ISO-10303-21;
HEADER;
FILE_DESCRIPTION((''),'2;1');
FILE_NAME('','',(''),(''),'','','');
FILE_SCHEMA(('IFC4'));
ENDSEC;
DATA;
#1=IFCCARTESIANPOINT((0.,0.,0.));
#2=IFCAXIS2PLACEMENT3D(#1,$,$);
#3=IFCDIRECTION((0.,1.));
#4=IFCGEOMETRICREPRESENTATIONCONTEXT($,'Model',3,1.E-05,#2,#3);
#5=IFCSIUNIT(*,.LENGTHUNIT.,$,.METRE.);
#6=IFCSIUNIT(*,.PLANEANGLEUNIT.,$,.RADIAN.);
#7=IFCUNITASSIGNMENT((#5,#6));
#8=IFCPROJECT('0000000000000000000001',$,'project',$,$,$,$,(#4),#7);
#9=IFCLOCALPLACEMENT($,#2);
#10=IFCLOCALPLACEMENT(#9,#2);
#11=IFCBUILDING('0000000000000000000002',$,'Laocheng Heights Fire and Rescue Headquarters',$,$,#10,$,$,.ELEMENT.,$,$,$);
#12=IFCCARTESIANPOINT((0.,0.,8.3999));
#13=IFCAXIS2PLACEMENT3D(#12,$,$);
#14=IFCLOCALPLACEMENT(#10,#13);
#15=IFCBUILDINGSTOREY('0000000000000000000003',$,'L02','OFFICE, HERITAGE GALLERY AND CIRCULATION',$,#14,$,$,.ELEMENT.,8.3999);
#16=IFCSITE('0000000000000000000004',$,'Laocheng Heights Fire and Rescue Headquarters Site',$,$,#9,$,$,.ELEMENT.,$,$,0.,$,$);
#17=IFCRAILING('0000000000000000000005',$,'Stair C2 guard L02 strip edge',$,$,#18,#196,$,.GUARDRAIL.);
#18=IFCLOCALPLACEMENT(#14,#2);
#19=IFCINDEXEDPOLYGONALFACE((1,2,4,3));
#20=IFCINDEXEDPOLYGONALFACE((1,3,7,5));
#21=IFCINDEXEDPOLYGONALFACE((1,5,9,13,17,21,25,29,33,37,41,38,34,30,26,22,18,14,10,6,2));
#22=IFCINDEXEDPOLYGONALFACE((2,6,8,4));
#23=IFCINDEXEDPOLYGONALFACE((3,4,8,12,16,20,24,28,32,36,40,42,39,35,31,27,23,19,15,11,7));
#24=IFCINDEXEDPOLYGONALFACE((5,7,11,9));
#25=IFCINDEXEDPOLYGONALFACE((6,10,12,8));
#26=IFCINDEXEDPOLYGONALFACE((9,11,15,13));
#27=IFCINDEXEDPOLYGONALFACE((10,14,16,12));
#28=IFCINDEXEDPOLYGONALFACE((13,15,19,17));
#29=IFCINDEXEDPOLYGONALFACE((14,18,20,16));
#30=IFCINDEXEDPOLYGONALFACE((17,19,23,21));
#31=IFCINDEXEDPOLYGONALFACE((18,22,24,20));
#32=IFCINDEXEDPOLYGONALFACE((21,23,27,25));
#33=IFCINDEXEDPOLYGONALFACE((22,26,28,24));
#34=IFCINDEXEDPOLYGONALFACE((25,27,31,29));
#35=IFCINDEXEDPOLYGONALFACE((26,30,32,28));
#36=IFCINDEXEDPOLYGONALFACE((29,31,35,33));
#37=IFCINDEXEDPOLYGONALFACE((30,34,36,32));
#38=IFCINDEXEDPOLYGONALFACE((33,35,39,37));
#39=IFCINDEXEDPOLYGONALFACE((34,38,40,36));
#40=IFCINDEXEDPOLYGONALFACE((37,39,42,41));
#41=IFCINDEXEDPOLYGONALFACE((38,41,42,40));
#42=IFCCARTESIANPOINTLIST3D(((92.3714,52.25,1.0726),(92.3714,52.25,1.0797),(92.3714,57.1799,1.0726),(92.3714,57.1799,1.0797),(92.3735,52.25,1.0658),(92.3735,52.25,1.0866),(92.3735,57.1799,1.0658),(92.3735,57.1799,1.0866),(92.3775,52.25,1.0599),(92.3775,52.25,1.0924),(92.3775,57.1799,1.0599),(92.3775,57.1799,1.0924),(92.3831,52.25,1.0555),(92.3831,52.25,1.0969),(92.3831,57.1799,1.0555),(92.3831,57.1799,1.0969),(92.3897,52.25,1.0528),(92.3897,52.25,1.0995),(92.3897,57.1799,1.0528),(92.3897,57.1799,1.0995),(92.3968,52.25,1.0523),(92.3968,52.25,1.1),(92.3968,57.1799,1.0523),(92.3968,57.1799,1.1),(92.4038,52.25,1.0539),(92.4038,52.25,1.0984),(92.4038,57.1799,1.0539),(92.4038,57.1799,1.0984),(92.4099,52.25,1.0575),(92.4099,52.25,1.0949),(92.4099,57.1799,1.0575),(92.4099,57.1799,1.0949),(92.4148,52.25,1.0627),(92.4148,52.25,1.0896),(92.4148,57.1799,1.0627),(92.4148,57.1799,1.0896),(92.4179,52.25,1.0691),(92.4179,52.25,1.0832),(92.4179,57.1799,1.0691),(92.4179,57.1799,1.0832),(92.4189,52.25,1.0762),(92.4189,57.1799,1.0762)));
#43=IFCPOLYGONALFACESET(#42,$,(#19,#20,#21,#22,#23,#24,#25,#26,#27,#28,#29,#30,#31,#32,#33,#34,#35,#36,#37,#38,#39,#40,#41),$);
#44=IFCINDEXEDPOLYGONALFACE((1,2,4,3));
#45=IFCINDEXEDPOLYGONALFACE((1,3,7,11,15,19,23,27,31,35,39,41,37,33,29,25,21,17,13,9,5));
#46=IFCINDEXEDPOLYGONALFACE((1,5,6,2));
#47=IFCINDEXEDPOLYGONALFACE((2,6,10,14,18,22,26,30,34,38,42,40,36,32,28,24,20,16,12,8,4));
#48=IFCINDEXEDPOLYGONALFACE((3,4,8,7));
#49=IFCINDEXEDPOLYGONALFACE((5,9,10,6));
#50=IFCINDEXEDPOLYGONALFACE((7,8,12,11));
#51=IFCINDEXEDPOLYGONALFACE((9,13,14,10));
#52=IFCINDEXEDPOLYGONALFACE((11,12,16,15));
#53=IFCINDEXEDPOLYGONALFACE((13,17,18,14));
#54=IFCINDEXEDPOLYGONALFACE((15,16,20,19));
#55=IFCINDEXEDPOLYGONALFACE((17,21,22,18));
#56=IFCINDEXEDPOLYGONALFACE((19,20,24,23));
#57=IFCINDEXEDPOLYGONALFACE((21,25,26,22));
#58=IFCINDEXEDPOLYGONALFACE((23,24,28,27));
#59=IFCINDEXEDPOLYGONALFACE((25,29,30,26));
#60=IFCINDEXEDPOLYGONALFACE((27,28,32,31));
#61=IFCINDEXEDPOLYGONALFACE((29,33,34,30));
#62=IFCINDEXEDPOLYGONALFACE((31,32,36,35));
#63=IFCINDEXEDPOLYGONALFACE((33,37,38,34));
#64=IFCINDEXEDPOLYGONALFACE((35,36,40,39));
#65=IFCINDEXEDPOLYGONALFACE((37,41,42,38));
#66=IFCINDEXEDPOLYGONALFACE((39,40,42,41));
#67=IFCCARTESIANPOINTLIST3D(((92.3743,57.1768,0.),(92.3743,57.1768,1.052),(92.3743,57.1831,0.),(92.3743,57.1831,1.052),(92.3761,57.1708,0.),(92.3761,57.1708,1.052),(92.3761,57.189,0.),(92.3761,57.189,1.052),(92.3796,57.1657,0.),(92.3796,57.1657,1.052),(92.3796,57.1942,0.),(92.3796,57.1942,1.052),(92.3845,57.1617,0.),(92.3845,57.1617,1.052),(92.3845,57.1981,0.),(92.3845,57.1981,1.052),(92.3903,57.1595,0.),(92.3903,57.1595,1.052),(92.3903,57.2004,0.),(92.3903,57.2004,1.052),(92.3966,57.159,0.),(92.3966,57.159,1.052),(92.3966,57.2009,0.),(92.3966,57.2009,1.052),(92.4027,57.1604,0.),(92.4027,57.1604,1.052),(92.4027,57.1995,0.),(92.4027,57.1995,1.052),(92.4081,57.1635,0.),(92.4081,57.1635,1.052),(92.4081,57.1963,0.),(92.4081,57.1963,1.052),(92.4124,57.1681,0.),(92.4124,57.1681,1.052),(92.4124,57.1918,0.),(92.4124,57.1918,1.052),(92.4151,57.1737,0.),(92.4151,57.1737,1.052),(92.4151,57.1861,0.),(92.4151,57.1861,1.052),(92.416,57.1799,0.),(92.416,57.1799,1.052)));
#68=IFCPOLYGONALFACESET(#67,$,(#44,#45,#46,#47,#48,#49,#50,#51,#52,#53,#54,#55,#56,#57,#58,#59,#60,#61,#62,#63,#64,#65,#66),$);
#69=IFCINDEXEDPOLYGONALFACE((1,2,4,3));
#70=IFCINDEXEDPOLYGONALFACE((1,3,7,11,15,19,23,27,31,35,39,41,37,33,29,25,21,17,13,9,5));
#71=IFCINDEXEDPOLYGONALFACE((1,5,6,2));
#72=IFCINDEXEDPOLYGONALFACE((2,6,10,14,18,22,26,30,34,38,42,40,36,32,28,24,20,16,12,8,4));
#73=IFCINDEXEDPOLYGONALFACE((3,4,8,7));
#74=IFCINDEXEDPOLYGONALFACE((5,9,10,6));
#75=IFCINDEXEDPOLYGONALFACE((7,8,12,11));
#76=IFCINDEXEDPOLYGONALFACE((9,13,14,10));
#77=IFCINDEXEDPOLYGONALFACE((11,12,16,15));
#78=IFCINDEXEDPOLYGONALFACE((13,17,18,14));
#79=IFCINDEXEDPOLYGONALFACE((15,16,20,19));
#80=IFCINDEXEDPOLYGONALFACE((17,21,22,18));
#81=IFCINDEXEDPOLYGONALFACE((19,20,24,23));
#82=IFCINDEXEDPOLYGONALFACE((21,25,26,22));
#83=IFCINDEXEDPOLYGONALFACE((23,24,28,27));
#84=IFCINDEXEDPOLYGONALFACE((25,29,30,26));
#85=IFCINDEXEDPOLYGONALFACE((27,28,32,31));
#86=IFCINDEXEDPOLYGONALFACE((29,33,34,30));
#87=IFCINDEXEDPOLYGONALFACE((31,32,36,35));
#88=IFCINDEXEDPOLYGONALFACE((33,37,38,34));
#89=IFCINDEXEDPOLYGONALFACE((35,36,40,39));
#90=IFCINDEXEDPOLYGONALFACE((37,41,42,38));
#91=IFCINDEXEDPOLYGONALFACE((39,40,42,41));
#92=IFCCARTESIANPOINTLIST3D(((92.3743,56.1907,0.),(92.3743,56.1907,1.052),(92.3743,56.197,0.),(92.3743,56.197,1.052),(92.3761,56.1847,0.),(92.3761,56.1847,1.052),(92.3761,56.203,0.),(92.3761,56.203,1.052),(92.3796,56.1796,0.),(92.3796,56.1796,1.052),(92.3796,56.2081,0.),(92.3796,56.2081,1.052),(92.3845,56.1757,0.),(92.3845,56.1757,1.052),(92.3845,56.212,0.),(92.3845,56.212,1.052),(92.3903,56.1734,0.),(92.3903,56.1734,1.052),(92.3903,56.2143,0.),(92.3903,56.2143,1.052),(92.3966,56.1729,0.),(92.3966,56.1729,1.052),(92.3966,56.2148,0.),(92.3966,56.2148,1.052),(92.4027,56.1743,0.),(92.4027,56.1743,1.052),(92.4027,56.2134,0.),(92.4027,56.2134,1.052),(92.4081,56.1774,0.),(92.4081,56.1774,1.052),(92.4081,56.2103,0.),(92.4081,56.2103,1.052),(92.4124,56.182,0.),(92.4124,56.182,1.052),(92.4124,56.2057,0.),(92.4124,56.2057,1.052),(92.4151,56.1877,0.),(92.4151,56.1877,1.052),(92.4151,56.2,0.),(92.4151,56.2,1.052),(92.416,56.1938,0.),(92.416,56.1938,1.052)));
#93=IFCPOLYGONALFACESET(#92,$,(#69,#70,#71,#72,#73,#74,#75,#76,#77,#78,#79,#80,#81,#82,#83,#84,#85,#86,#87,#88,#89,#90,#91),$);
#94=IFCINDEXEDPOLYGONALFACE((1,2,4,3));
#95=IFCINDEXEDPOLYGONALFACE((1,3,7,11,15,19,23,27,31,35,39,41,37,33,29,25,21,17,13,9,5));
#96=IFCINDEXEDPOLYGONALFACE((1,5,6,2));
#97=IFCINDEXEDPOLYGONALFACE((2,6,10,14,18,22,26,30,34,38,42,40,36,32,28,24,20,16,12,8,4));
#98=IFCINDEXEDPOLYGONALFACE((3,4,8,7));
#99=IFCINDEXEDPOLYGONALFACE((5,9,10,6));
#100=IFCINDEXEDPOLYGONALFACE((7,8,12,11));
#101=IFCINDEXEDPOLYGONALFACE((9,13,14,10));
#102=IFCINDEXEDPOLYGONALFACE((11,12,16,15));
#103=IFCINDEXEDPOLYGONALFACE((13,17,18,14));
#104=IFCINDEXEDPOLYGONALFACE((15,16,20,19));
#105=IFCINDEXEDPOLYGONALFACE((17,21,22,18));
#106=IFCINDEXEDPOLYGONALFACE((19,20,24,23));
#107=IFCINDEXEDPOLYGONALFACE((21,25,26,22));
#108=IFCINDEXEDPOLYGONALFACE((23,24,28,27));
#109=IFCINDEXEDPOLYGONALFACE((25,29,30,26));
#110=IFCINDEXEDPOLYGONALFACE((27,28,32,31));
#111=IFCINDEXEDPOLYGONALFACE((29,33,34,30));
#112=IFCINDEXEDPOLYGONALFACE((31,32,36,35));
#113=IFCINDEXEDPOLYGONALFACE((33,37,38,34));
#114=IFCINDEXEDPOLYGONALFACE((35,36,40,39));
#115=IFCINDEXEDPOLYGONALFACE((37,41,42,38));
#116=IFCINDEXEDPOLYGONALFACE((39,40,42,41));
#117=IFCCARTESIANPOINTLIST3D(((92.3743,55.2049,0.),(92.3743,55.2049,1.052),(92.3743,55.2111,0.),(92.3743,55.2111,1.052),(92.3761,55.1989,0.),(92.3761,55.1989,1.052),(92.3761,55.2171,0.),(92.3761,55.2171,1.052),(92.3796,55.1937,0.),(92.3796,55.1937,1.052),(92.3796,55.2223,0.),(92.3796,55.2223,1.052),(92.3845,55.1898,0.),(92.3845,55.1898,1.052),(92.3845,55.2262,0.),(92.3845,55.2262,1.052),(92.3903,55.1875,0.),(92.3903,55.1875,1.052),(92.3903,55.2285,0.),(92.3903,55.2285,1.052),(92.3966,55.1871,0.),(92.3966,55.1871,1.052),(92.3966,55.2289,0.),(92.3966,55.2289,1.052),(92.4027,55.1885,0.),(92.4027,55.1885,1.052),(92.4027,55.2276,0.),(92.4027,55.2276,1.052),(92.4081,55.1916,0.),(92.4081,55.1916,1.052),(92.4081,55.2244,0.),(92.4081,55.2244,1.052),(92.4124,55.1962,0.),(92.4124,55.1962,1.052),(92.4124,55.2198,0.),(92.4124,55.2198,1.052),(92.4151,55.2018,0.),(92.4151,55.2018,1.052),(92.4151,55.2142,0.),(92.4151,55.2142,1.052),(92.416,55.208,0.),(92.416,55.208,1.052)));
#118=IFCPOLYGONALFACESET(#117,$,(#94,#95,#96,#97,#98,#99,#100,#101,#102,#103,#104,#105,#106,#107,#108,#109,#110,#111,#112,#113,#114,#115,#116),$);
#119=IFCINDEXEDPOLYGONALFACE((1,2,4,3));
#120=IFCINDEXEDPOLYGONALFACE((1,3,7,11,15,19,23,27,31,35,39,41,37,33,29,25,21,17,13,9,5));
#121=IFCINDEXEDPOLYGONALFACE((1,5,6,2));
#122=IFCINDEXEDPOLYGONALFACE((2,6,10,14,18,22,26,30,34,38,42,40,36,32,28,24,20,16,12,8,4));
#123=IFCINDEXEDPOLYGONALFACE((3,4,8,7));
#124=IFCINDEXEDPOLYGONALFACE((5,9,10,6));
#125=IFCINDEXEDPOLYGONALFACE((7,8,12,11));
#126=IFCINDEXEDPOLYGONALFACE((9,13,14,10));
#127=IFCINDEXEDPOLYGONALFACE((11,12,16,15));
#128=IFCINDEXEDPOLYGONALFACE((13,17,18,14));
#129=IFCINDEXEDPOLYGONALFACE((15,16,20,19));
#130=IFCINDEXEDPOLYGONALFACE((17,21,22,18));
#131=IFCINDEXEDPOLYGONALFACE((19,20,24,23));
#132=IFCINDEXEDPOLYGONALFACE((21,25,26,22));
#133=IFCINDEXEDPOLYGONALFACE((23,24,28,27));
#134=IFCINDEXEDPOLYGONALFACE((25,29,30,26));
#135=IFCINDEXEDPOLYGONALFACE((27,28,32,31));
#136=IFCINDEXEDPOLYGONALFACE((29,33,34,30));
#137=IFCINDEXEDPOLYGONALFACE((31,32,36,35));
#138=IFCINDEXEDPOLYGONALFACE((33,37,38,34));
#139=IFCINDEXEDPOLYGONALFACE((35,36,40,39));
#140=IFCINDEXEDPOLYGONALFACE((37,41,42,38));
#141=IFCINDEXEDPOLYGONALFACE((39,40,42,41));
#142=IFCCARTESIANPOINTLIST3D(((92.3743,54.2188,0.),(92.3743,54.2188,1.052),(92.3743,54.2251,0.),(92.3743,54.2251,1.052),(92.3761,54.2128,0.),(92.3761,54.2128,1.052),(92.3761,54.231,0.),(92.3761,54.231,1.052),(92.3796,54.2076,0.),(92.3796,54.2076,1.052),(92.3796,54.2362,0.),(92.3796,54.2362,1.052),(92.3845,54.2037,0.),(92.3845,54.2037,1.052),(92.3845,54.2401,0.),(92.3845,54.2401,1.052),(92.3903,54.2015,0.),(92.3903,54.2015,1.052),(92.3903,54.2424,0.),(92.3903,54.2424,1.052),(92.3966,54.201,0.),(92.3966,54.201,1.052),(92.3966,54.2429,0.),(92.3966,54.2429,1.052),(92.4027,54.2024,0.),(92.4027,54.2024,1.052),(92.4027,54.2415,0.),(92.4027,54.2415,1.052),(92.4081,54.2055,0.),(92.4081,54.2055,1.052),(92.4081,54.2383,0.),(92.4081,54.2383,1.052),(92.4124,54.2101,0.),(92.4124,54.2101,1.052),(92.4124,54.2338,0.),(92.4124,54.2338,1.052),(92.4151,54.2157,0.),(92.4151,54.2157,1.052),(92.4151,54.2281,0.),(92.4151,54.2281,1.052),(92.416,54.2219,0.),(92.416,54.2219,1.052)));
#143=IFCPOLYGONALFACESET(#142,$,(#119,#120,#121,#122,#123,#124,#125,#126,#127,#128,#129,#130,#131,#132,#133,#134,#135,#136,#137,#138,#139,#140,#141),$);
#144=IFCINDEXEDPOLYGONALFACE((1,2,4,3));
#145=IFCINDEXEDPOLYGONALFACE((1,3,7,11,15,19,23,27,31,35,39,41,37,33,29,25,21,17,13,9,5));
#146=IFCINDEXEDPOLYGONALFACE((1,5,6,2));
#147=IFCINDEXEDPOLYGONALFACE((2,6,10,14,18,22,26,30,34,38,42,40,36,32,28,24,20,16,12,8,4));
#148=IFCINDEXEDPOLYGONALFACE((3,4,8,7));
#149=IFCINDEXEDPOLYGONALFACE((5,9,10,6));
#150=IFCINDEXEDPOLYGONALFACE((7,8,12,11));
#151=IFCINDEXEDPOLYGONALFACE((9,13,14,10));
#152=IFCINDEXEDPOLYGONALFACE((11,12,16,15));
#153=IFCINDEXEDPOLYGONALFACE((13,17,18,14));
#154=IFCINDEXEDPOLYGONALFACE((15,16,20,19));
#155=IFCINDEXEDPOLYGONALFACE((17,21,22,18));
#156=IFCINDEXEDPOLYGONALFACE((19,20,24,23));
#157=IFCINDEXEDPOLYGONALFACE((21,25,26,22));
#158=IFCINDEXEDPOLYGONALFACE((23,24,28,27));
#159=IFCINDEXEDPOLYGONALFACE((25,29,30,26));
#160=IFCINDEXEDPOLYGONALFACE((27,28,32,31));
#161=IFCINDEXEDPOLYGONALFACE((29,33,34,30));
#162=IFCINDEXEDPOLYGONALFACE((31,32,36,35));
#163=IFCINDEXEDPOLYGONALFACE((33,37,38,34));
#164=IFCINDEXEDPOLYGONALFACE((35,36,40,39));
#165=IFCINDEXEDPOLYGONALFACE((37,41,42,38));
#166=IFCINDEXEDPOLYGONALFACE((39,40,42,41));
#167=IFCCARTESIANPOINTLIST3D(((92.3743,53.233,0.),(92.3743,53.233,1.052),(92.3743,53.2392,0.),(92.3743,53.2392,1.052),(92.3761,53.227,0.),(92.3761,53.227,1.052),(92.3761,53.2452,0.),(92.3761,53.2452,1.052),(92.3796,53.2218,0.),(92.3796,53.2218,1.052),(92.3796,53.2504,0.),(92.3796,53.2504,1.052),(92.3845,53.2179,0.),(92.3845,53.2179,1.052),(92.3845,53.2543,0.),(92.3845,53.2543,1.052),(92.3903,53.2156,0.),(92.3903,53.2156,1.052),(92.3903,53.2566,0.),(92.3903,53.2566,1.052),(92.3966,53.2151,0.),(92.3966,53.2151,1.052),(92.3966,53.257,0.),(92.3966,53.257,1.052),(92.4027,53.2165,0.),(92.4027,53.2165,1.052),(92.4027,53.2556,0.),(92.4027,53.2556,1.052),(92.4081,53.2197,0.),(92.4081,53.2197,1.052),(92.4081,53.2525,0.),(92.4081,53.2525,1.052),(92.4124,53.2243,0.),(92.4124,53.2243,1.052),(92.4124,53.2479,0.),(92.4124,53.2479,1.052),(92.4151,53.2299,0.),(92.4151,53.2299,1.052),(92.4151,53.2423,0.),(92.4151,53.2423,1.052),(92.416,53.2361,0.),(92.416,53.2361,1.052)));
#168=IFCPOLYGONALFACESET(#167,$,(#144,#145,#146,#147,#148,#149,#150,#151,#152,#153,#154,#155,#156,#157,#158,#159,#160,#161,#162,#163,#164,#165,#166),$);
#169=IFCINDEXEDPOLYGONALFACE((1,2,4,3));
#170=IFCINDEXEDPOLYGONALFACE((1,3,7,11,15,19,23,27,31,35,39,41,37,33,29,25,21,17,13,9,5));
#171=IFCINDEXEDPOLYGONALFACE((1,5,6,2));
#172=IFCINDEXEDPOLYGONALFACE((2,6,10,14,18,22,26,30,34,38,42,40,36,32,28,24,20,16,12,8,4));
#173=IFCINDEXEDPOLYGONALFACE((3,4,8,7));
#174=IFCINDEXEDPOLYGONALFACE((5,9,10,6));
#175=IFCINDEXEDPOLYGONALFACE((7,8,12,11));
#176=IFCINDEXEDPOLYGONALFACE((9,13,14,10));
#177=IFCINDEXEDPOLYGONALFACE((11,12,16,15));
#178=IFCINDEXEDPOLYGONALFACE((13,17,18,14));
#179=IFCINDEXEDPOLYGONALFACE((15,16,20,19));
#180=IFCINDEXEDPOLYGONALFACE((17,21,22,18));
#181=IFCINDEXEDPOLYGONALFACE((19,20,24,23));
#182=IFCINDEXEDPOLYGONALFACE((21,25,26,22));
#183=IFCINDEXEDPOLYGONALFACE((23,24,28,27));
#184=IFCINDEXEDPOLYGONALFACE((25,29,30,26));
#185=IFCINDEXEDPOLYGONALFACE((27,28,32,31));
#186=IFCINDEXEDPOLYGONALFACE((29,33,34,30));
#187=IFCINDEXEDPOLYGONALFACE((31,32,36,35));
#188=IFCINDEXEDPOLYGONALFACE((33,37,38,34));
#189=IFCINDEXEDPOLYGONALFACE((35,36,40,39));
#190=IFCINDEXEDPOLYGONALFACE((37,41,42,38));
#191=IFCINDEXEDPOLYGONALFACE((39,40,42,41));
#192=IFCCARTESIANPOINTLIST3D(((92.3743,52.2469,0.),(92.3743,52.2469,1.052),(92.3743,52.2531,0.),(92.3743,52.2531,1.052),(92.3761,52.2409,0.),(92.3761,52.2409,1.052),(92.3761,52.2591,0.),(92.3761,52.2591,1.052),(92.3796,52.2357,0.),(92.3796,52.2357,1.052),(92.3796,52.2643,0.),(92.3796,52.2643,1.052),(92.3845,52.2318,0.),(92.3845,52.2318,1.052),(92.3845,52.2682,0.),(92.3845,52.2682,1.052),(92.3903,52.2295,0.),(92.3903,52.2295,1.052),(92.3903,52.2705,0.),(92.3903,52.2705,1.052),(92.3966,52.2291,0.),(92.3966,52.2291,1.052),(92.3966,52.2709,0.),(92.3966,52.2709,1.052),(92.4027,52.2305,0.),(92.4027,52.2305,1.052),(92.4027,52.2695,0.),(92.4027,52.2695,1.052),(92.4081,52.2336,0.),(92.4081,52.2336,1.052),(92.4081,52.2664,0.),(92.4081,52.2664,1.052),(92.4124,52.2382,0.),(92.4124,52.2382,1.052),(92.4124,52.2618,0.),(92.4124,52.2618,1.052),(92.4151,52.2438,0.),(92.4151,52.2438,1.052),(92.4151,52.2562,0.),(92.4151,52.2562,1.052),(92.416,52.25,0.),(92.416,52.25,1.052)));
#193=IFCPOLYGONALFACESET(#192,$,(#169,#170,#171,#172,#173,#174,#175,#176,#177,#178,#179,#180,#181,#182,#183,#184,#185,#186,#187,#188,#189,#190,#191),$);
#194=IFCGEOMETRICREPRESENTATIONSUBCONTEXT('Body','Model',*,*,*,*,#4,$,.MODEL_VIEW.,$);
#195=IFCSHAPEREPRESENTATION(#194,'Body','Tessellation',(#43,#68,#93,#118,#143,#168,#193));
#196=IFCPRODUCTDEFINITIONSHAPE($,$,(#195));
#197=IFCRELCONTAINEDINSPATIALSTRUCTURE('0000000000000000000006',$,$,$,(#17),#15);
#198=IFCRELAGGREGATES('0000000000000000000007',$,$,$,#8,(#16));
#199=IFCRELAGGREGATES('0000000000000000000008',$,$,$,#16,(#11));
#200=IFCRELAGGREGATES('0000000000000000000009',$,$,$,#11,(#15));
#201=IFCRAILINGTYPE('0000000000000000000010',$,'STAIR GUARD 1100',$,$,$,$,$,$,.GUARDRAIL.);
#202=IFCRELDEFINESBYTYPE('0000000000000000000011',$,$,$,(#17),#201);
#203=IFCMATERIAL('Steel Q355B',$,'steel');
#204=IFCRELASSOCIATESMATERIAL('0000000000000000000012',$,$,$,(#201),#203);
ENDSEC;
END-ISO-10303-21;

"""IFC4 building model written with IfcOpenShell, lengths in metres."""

from ifc_helpers import new_model, si_unit, direction, frame, origin, origin_2d, place, context, subcontext, project, spatial, circle, extrude, material, type_object, element, save


model = new_model("IFC4")

# Units and contexts
model_context = context("Model", 3, precision=1e-05, world=origin(), true_north=direction((0.0, 1.0)))
body_context = subcontext(model_context, "Body", "Model", "MODEL_VIEW")
ifc_project = project(units=[si_unit("LENGTHUNIT", "METRE"), si_unit("PLANEANGLEUNIT", "RADIAN")], contexts=[model_context])

# Site, building, storey
site_placement = place(None, origin())
site = spatial("IfcSite", under=ifc_project, at=site_placement, Name="Laocheng Heights Fire and Rescue Headquarters Site", CompositionType="ELEMENT", RefElevation=0.0)
building_placement = place(site_placement, origin())
building = spatial("IfcBuilding", under=site, at=building_placement, Name="Laocheng Heights Fire and Rescue Headquarters", CompositionType="ELEMENT")
storey_placement = place(building_placement, frame((0.0, 0.0, 8.3999)))
storey = spatial("IfcBuildingStorey", under=building, at=storey_placement, Name="L02", Description="OFFICE, HERITAGE GALLERY AND CIRCULATION", CompositionType="ELEMENT", Elevation=8.3999)

# Railing
ifc_material_1 = material(Name="Steel Q355B", Category="steel")
railing_type_1 = type_object("IfcRailingType", Name="STAIR GUARD 1100", PredefinedType="GUARDRAIL", material=ifc_material_1)
railing_1_placement = place(storey_placement, frame((92.395, 57.1799, 0.0)))
element("IfcRailing", 1, at=railing_1_placement, inside=storey, type_object=railing_type_1, Name="Stair C2 guard L02 strip edge", PredefinedType="GUARDRAIL", context=body_context, shape_type="SweptSolid", body=[
    extrude(circle(Radius=0.0239, at=origin_2d()), frame((0.0, 0.0, 1.0762), z_axis=(0.0, -1.0, 0.0), x_axis=(1.0, 0.0, 0.0)), (0.0, 0.0, 1.0), 4.9299),
    extrude(circle(Radius=0.021, at=origin_2d()), origin(), (0.0, 0.0, 1.0), 1.052),
    extrude(circle(Radius=0.021, at=origin_2d()), frame((0.0, -0.9861, 0.0)), (0.0, 0.0, 1.0), 1.052),
    extrude(circle(Radius=0.021, at=origin_2d()), frame((0.0, -1.9719, 0.0)), (0.0, 0.0, 1.0), 1.052),
    extrude(circle(Radius=0.021, at=origin_2d()), frame((0.0, -2.958, 0.0)), (0.0, 0.0, 1.0), 1.052),
    extrude(circle(Radius=0.021, at=origin_2d()), frame((0.0, -3.9438, 0.0)), (0.0, 0.0, 1.0), 1.052),
    extrude(circle(Radius=0.021, at=origin_2d()), frame((0.0, -4.9299, 0.0)), (0.0, 0.0, 1.0), 1.052),
])

save(model, "model.ifc")
